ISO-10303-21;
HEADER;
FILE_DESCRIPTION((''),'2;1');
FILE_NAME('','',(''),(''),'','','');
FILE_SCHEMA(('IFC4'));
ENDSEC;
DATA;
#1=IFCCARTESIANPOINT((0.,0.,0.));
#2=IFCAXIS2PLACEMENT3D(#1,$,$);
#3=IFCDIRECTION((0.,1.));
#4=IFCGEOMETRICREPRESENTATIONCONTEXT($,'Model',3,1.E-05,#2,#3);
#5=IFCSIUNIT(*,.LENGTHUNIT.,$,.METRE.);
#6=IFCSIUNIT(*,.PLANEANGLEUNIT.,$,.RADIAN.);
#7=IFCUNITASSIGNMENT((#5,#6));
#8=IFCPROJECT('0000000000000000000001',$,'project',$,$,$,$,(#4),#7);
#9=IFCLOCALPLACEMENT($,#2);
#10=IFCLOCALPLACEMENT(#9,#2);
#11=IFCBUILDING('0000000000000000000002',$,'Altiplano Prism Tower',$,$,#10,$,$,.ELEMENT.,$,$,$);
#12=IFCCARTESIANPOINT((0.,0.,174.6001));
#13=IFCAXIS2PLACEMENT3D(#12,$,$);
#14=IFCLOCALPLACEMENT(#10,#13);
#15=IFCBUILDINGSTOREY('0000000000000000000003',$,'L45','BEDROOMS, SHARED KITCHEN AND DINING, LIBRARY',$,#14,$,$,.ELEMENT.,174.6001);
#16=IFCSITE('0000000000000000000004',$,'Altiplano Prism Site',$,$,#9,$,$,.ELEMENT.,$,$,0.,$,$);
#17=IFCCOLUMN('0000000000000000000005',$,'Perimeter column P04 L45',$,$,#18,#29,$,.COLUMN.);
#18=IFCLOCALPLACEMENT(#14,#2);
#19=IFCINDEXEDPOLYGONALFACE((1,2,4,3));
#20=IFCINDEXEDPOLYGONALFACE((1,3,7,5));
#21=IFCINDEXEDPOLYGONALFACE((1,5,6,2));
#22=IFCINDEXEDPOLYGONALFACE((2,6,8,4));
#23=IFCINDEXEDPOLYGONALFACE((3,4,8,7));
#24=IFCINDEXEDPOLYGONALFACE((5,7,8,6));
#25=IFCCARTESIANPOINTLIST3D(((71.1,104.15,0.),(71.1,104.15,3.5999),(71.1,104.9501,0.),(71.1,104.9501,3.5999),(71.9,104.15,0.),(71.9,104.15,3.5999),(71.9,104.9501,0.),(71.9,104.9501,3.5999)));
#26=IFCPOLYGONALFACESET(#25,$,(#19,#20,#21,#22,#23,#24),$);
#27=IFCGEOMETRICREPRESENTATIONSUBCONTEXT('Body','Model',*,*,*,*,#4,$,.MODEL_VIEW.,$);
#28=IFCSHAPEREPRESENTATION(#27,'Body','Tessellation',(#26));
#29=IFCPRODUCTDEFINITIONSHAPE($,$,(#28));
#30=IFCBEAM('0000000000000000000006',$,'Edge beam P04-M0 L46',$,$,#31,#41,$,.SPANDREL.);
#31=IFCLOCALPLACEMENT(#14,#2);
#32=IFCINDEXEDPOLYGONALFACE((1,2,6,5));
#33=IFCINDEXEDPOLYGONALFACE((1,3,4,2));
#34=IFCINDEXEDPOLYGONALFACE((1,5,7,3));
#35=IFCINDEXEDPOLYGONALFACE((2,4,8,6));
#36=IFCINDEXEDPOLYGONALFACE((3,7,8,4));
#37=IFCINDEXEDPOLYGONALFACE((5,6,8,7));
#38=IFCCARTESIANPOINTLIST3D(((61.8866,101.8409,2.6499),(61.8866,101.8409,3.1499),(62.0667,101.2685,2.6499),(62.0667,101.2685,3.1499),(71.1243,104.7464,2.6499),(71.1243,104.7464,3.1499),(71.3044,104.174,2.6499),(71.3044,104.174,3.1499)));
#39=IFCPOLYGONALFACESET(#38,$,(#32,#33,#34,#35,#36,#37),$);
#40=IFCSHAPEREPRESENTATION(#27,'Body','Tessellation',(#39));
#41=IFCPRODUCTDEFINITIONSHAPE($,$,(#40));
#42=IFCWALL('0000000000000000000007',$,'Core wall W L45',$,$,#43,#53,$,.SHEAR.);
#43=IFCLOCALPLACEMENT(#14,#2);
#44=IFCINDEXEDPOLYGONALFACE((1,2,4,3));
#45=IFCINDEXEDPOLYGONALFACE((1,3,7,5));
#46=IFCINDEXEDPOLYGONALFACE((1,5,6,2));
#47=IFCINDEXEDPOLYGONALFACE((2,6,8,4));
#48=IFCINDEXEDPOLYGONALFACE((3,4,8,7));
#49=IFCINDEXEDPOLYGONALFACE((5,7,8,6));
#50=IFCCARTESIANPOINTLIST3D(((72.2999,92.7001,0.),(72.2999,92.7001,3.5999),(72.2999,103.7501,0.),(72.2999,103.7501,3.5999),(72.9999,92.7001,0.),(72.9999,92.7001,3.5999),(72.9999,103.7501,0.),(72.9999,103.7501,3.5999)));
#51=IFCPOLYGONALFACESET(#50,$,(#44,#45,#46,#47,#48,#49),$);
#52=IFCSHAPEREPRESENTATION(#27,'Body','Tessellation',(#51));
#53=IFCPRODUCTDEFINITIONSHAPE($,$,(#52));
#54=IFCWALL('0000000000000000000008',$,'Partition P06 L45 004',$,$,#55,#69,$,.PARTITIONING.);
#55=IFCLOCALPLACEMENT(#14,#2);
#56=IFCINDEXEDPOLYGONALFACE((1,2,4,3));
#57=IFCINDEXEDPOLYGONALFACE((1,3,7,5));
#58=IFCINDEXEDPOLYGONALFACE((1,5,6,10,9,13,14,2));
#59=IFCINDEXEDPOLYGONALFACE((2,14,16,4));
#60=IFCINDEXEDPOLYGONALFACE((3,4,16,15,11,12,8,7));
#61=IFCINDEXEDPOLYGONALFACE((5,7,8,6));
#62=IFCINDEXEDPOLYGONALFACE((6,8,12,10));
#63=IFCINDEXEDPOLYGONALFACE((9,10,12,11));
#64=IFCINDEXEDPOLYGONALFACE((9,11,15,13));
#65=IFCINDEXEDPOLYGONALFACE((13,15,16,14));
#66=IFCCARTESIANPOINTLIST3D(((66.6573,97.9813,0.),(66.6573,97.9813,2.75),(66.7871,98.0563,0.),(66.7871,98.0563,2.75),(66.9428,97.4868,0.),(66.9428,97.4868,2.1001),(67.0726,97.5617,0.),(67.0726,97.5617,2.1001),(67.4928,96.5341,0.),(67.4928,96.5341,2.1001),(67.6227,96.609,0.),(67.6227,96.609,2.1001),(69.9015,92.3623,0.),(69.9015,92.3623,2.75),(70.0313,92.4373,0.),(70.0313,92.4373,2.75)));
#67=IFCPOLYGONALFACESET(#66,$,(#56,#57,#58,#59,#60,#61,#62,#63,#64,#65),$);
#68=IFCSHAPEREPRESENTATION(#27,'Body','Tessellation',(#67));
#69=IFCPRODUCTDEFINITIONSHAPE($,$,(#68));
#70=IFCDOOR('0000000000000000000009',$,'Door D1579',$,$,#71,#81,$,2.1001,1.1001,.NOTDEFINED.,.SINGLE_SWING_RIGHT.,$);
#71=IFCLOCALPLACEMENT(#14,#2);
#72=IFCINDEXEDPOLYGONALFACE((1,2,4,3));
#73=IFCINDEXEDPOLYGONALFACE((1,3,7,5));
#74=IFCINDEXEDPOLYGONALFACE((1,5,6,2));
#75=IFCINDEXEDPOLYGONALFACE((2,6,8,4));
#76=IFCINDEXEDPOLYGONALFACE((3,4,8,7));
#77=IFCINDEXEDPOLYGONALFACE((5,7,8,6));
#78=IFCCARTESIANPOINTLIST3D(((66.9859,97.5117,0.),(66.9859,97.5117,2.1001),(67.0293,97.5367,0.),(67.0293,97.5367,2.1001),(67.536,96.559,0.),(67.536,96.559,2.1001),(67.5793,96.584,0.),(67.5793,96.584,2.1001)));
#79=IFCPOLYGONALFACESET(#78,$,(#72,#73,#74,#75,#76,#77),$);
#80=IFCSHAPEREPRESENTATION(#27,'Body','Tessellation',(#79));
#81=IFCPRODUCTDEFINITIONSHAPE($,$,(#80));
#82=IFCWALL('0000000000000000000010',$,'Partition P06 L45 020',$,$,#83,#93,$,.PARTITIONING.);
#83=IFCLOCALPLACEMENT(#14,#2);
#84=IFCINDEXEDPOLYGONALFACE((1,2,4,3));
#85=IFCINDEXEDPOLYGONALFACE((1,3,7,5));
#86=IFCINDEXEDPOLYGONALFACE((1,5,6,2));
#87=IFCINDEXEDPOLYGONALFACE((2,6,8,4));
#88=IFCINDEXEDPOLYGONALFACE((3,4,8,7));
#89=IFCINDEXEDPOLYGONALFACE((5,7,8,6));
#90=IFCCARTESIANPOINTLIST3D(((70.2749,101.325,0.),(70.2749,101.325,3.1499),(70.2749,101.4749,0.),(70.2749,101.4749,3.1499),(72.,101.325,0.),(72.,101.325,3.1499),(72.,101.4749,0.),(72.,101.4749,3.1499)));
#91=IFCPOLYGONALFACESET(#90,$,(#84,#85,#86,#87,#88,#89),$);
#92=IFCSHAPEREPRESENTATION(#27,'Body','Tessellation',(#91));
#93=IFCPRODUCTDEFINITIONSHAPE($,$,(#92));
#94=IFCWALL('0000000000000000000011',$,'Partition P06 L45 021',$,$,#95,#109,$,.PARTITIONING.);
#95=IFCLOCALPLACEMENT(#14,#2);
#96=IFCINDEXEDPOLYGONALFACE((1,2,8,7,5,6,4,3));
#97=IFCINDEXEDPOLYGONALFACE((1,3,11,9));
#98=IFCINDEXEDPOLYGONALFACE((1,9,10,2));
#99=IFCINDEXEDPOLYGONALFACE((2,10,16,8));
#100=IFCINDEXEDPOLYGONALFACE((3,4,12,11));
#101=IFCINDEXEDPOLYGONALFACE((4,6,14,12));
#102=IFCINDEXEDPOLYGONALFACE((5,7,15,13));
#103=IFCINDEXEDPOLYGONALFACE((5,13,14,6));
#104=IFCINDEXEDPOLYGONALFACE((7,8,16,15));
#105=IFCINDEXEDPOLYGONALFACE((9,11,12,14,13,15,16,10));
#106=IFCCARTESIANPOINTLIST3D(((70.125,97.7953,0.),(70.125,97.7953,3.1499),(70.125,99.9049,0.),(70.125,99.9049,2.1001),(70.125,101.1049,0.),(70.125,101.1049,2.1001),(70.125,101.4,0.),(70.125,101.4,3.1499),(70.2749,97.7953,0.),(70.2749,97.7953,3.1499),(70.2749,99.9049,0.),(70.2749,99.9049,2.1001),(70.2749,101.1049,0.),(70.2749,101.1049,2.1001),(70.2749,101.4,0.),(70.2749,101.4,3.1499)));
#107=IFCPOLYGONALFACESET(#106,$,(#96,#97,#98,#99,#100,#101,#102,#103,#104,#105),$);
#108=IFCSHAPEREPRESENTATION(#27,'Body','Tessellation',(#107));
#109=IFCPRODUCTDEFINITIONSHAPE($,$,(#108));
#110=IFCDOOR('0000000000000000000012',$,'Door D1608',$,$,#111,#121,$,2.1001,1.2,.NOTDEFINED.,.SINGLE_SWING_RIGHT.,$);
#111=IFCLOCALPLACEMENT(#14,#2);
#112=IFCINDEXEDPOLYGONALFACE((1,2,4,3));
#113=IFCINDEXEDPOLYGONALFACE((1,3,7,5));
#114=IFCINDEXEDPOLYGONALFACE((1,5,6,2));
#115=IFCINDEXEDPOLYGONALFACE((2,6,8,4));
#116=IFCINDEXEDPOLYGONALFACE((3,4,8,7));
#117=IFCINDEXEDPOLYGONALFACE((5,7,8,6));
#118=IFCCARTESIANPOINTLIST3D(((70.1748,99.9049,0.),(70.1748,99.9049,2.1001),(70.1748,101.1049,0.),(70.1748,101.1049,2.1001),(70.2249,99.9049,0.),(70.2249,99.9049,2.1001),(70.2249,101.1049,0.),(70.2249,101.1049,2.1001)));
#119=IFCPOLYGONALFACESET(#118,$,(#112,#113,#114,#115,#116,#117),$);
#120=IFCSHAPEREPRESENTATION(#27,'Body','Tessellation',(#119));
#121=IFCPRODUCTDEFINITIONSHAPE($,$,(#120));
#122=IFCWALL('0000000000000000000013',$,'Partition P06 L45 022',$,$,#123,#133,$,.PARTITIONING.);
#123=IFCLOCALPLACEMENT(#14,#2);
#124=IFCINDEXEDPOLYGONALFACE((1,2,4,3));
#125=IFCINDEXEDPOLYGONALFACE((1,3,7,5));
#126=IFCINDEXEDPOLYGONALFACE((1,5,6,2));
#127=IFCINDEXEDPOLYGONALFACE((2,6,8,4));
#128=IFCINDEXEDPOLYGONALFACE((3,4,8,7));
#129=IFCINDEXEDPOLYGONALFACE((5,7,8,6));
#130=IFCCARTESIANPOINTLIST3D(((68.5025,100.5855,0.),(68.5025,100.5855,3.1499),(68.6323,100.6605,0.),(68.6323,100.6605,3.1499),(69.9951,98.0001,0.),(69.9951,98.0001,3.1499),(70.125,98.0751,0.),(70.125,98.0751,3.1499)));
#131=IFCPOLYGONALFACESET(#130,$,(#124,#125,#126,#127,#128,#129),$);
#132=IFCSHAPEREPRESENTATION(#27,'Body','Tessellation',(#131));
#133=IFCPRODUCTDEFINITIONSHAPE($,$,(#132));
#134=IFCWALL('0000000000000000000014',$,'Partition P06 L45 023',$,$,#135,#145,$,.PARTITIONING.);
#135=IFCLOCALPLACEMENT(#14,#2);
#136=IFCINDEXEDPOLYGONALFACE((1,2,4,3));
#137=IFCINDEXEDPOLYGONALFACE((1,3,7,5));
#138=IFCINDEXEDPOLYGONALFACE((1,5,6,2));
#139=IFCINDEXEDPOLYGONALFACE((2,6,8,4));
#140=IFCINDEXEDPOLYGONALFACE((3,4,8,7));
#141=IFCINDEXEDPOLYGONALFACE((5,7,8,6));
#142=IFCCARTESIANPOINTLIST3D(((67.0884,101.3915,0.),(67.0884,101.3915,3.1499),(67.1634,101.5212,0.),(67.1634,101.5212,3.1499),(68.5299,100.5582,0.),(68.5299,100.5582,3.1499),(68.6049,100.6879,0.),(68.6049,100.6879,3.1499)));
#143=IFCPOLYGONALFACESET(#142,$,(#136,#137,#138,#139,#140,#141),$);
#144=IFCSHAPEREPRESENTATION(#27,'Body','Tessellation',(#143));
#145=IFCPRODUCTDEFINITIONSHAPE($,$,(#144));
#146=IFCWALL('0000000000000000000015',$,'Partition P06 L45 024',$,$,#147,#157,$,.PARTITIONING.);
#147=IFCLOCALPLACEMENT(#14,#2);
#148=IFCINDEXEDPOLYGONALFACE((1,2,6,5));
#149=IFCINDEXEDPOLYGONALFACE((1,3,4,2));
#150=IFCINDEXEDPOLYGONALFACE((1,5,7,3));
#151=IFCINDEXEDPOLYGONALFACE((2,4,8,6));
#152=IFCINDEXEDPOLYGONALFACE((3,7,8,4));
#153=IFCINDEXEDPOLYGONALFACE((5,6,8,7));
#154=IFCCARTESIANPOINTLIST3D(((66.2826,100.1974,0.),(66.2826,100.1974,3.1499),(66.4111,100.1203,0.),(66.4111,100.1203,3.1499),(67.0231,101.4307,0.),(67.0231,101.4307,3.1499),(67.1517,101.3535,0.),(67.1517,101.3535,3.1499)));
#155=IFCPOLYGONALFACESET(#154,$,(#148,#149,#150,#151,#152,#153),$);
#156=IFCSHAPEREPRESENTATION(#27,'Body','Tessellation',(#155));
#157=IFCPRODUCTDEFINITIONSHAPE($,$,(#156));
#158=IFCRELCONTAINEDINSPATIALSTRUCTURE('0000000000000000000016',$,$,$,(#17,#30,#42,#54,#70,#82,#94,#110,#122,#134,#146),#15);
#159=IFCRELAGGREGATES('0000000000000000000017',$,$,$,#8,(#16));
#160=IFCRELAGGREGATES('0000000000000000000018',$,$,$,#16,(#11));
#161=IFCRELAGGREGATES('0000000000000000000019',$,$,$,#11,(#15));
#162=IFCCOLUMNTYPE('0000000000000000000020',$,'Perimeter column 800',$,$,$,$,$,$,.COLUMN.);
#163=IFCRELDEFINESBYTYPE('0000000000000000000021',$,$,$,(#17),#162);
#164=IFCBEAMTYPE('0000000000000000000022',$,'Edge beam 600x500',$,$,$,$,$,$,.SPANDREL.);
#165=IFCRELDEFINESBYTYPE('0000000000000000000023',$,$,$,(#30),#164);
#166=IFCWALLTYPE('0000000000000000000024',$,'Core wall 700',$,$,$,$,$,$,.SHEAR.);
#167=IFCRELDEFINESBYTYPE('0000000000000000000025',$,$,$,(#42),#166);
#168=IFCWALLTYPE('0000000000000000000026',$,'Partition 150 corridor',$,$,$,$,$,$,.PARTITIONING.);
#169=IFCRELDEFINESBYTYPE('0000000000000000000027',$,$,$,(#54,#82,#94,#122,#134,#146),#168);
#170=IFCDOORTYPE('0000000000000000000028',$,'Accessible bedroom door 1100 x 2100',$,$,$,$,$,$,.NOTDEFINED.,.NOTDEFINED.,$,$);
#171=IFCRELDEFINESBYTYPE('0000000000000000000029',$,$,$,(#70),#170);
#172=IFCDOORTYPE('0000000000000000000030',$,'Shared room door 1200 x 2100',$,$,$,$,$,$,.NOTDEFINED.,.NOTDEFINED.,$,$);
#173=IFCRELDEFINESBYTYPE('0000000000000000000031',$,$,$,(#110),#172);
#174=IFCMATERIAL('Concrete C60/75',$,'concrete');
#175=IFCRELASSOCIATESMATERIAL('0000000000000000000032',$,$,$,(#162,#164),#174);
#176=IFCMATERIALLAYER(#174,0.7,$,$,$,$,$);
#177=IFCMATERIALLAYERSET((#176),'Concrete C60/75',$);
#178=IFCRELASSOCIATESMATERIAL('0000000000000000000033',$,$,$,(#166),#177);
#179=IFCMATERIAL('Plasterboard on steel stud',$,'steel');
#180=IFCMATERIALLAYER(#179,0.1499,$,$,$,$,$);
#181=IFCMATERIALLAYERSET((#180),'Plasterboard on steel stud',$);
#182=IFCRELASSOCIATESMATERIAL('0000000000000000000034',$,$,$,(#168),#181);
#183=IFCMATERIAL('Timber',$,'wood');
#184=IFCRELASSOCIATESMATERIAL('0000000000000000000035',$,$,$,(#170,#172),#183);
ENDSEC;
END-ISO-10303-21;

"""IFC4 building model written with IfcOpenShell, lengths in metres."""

from ifc_helpers import new_model, si_unit, direction, frame, frame_2d, origin, origin_2d, place, context, subcontext, project, spatial, rectangle, extrude, material, layer, layer_set, material_profile, profile_set, type_object, element, fill, save


model = new_model("IFC4")

# Units and contexts
model_context = context("Model", 3, precision=1e-05, world=origin(), true_north=direction((0.0, 1.0)))
body_context = subcontext(model_context, "Body", "Model", "MODEL_VIEW")
ifc_project = project(units=[si_unit("LENGTHUNIT", "METRE"), si_unit("PLANEANGLEUNIT", "RADIAN")], contexts=[model_context])

# Site, building, storey
site_placement = place(None, origin())
site = spatial("IfcSite", under=ifc_project, at=site_placement, Name="Altiplano Prism Site", CompositionType="ELEMENT", RefElevation=0.0)
building_placement = place(site_placement, origin())
building = spatial("IfcBuilding", under=site, at=building_placement, Name="Altiplano Prism Tower", CompositionType="ELEMENT")
storey_placement = place(building_placement, frame((0.0, 0.0, 174.6001)))
storey = spatial("IfcBuildingStorey", under=building, at=storey_placement, Name="L45", Description="BEDROOMS, SHARED KITCHEN AND DINING, LIBRARY", CompositionType="ELEMENT", Elevation=174.6001)

# Column
ifc_material_1 = material(Name="Concrete C60/75", Category="concrete")
ifc_material_profile_1 = material_profile(ifc_material_1, rectangle(XDim=0.8, YDim=0.8, at=origin_2d()), Name="Perimeter column 800")
ifc_profile_set_1 = profile_set([ifc_material_profile_1], Name="Concrete C60/75")
column_type = type_object("IfcColumnType", Name="Perimeter column 800", PredefinedType="COLUMN", material=ifc_profile_set_1)
column_placement = place(storey_placement, frame((71.5, 104.55, 0.0), z_axis=(0.0, 0.0, 1.0), x_axis=(1.0, 0.0, 0.0)))
element("IfcColumn", 1, at=column_placement, inside=storey, type_object=column_type, Name="Perimeter column P04 L45", PredefinedType="COLUMN", context=body_context, shape_type="SweptSolid", body=[
    extrude(rectangle(XDim=0.8, YDim=0.8, at=origin_2d()), origin(), (0.0, 0.0, 1.0), 3.5999),
])

# Beam
ifc_material_profile_2 = material_profile(ifc_material_1, rectangle(XDim=0.6001, YDim=0.5, at=origin_2d()), Name="Edge beam 600x500")
ifc_profile_set_2 = profile_set([ifc_material_profile_2], Name="Concrete C60/75")
beam_type = type_object("IfcBeamType", Name="Edge beam 600x500", PredefinedType="SPANDREL", material=ifc_profile_set_2)
beam_placement = place(storey_placement, frame((71.2144, 104.4602, 2.8999), z_axis=(-0.953928, -0.300034, 0.0), x_axis=(0.300034, -0.953928, 0.0)))
element("IfcBeam", 2, at=beam_placement, inside=storey, type_object=beam_type, Name="Edge beam P04-M0 L46", PredefinedType="SPANDREL", context=body_context, shape_type="SweptSolid", body=[
    extrude(rectangle(XDim=0.6001, YDim=0.5, at=origin_2d()), origin(), (0.0, 0.0, 1.0), 9.6838),
])

# Wall
ifc_layer_1 = layer(ifc_material_1, 0.7)
ifc_layer_set_1 = layer_set([ifc_layer_1], Name="Concrete C60/75")
wall_type_1 = type_object("IfcWallType", Name="Core wall 700", PredefinedType="SHEAR", material=ifc_layer_set_1)
wall_1_placement = place(storey_placement, frame((72.6499, 103.75, 0.0), z_axis=(0.0, 0.0, 1.0), x_axis=(0.0, -1.0, 0.0)))
element("IfcWall", 3, at=wall_1_placement, inside=storey, type_object=wall_type_1, Name="Core wall W L45", PredefinedType="SHEAR", context=body_context, shape_type="SweptSolid", body=[
    extrude(rectangle(XDim=11.05, YDim=0.7, at=frame_2d((5.5249, 0.0))), origin(), (0.0, 0.0, 1.0), 3.5999),
])

# Wall, opening, door
ifc_material_2 = material(Name="Plasterboard on steel stud", Category="steel")
ifc_layer_2 = layer(ifc_material_2, 0.1499)
ifc_layer_set_2 = layer_set([ifc_layer_2], Name="Plasterboard on steel stud")
wall_type_2 = type_object("IfcWallType", Name="Partition 150 corridor", PredefinedType="PARTITIONING", material=ifc_layer_set_2)
wall_2_placement = place(storey_placement, frame((66.7222, 98.0188, 0.0), z_axis=(0.0, 0.0, 1.0), x_axis=(0.500008, -0.866021, 0.0)))
wall_2 = element("IfcWall", 4, at=wall_2_placement, inside=storey, type_object=wall_type_2, Name="Partition P06 L45 004", PredefinedType="PARTITIONING", context=body_context, shape_type="SweptSolid", body=[
    extrude(rectangle(XDim=6.4883, YDim=0.1499, at=frame_2d((3.2441, 0.0))), origin(), (0.0, 0.0, 1.0), 2.75),
])
opening_1_placement = place(wall_2_placement, frame((0.571, 0.0, 0.0)))
opening_1 = element("IfcOpeningElement", 5, at=opening_1_placement, cuts=wall_2, PredefinedType="OPENING", context=body_context, shape_type="SweptSolid", body=[
    extrude(rectangle(XDim=1.1001, YDim=2.1001, at=frame_2d((0.55, 1.05))), frame((0.0, 0.0854, 0.0), z_axis=(0.0, -1.0, 0.0), x_axis=(1.0, 0.0, 0.0)), (0.0, 0.0, 1.0), 0.1709),
])
ifc_material_3 = material(Name="Timber", Category="wood")
door_type_1 = type_object("IfcDoorType", Name="Accessible bedroom door 1100 x 2100", OperationType="NOTDEFINED", PredefinedType="NOTDEFINED", material=ifc_material_3)
door_1_placement = place(opening_1_placement, origin())
door_1 = element("IfcDoor", 6, at=door_1_placement, inside=storey, type_object=door_type_1, Name="Door D1579", OperationType="SINGLE_SWING_RIGHT", OverallHeight=2.1001, OverallWidth=1.1001, PredefinedType="NOTDEFINED", context=body_context, shape_type="SweptSolid", body=[
    extrude(rectangle(XDim=1.1001, YDim=2.1001, at=frame_2d((0.55, 1.05))), frame((0.0, 0.0249, 0.0), z_axis=(0.0, -1.0, 0.0), x_axis=(1.0, 0.0, 0.0)), (0.0, 0.0, 1.0), 0.05),
])
fill(opening_1, door_1)

# Wall
wall_3_placement = place(storey_placement, frame((72.0, 101.3999, 0.0), z_axis=(0.0, 0.0, 1.0), x_axis=(-1.0, 0.0, 0.0)))
element("IfcWall", 7, at=wall_3_placement, inside=storey, type_object=wall_type_2, Name="Partition P06 L45 020", PredefinedType="PARTITIONING", context=body_context, shape_type="SweptSolid", body=[
    extrude(rectangle(XDim=1.7251, YDim=0.1499, at=frame_2d((0.8625, 0.0))), origin(), (0.0, 0.0, 1.0), 3.1499),
])

# Wall, opening, door
wall_4_placement = place(storey_placement, frame((70.2, 101.3999, 0.0), z_axis=(0.0, 0.0, 1.0), x_axis=(0.0, -1.0, 0.0)))
wall_4 = element("IfcWall", 8, at=wall_4_placement, inside=storey, type_object=wall_type_2, Name="Partition P06 L45 021", PredefinedType="PARTITIONING", context=body_context, shape_type="SweptSolid", body=[
    extrude(rectangle(XDim=3.6047, YDim=0.1499, at=frame_2d((1.8022, 0.0))), origin(), (0.0, 0.0, 1.0), 3.1499),
])
opening_2_placement = place(wall_4_placement, frame((0.2949, 0.0, 0.0)))
opening_2 = element("IfcOpeningElement", 9, at=opening_2_placement, cuts=wall_4, PredefinedType="OPENING", context=body_context, shape_type="SweptSolid", body=[
    extrude(rectangle(XDim=1.2, YDim=2.1001, at=frame_2d((0.6001, 1.05))), frame((0.0, 0.0854, 0.0), z_axis=(0.0, -1.0, 0.0), x_axis=(1.0, 0.0, 0.0)), (0.0, 0.0, 1.0), 0.1709),
])
door_type_2 = type_object("IfcDoorType", Name="Shared room door 1200 x 2100", OperationType="NOTDEFINED", PredefinedType="NOTDEFINED", material=ifc_material_3)
door_2_placement = place(opening_2_placement, origin())
door_2 = element("IfcDoor", 10, at=door_2_placement, inside=storey, type_object=door_type_2, Name="Door D1608", OperationType="SINGLE_SWING_RIGHT", OverallHeight=2.1001, OverallWidth=1.2, PredefinedType="NOTDEFINED", context=body_context, shape_type="SweptSolid", body=[
    extrude(rectangle(XDim=1.2, YDim=2.1001, at=frame_2d((0.6001, 1.05))), frame((0.0, 0.0249, 0.0), z_axis=(0.0, -1.0, 0.0), x_axis=(1.0, 0.0, 0.0)), (0.0, 0.0, 1.0), 0.05),
])
fill(opening_2, door_2)

# Walls
wall_5_placement = place(storey_placement, frame((70.0601, 98.0376, 0.0), z_axis=(0.0, 0.0, 1.0), x_axis=(-0.499991, 0.86603, 0.0)))
element("IfcWall", 11, at=wall_5_placement, inside=storey, type_object=wall_type_2, Name="Partition P06 L45 022", PredefinedType="PARTITIONING", context=body_context, shape_type="SweptSolid", body=[
    extrude(rectangle(XDim=2.9854, YDim=0.1499, at=frame_2d((1.4927, 0.0))), origin(), (0.0, 0.0, 1.0), 3.1499),
])
wall_6_placement = place(storey_placement, frame((68.5674, 100.623, 0.0), z_axis=(0.0, 0.0, 1.0), x_axis=(-0.865751, 0.500475, 0.0)))
element("IfcWall", 12, at=wall_6_placement, inside=storey, type_object=wall_type_2, Name="Partition P06 L45 023", PredefinedType="PARTITIONING", context=body_context, shape_type="SweptSolid", body=[
    extrude(rectangle(XDim=1.665, YDim=0.1499, at=frame_2d((0.8325, 0.0))), origin(), (0.0, 0.0, 1.0), 3.1499),
])
wall_7_placement = place(storey_placement, frame((67.0874, 101.3921, 0.0), z_axis=(0.0, 0.0, 1.0), x_axis=(-0.514795, -0.857313, 0.0)))
element("IfcWall", 13, at=wall_7_placement, inside=storey, type_object=wall_type_2, Name="Partition P06 L45 024", PredefinedType="PARTITIONING", context=body_context, shape_type="SweptSolid", body=[
    extrude(rectangle(XDim=1.4385, YDim=0.1499, at=frame_2d((0.7192, 0.0))), origin(), (0.0, 0.0, 1.0), 3.1499),
])

save(model, "model.ifc")
